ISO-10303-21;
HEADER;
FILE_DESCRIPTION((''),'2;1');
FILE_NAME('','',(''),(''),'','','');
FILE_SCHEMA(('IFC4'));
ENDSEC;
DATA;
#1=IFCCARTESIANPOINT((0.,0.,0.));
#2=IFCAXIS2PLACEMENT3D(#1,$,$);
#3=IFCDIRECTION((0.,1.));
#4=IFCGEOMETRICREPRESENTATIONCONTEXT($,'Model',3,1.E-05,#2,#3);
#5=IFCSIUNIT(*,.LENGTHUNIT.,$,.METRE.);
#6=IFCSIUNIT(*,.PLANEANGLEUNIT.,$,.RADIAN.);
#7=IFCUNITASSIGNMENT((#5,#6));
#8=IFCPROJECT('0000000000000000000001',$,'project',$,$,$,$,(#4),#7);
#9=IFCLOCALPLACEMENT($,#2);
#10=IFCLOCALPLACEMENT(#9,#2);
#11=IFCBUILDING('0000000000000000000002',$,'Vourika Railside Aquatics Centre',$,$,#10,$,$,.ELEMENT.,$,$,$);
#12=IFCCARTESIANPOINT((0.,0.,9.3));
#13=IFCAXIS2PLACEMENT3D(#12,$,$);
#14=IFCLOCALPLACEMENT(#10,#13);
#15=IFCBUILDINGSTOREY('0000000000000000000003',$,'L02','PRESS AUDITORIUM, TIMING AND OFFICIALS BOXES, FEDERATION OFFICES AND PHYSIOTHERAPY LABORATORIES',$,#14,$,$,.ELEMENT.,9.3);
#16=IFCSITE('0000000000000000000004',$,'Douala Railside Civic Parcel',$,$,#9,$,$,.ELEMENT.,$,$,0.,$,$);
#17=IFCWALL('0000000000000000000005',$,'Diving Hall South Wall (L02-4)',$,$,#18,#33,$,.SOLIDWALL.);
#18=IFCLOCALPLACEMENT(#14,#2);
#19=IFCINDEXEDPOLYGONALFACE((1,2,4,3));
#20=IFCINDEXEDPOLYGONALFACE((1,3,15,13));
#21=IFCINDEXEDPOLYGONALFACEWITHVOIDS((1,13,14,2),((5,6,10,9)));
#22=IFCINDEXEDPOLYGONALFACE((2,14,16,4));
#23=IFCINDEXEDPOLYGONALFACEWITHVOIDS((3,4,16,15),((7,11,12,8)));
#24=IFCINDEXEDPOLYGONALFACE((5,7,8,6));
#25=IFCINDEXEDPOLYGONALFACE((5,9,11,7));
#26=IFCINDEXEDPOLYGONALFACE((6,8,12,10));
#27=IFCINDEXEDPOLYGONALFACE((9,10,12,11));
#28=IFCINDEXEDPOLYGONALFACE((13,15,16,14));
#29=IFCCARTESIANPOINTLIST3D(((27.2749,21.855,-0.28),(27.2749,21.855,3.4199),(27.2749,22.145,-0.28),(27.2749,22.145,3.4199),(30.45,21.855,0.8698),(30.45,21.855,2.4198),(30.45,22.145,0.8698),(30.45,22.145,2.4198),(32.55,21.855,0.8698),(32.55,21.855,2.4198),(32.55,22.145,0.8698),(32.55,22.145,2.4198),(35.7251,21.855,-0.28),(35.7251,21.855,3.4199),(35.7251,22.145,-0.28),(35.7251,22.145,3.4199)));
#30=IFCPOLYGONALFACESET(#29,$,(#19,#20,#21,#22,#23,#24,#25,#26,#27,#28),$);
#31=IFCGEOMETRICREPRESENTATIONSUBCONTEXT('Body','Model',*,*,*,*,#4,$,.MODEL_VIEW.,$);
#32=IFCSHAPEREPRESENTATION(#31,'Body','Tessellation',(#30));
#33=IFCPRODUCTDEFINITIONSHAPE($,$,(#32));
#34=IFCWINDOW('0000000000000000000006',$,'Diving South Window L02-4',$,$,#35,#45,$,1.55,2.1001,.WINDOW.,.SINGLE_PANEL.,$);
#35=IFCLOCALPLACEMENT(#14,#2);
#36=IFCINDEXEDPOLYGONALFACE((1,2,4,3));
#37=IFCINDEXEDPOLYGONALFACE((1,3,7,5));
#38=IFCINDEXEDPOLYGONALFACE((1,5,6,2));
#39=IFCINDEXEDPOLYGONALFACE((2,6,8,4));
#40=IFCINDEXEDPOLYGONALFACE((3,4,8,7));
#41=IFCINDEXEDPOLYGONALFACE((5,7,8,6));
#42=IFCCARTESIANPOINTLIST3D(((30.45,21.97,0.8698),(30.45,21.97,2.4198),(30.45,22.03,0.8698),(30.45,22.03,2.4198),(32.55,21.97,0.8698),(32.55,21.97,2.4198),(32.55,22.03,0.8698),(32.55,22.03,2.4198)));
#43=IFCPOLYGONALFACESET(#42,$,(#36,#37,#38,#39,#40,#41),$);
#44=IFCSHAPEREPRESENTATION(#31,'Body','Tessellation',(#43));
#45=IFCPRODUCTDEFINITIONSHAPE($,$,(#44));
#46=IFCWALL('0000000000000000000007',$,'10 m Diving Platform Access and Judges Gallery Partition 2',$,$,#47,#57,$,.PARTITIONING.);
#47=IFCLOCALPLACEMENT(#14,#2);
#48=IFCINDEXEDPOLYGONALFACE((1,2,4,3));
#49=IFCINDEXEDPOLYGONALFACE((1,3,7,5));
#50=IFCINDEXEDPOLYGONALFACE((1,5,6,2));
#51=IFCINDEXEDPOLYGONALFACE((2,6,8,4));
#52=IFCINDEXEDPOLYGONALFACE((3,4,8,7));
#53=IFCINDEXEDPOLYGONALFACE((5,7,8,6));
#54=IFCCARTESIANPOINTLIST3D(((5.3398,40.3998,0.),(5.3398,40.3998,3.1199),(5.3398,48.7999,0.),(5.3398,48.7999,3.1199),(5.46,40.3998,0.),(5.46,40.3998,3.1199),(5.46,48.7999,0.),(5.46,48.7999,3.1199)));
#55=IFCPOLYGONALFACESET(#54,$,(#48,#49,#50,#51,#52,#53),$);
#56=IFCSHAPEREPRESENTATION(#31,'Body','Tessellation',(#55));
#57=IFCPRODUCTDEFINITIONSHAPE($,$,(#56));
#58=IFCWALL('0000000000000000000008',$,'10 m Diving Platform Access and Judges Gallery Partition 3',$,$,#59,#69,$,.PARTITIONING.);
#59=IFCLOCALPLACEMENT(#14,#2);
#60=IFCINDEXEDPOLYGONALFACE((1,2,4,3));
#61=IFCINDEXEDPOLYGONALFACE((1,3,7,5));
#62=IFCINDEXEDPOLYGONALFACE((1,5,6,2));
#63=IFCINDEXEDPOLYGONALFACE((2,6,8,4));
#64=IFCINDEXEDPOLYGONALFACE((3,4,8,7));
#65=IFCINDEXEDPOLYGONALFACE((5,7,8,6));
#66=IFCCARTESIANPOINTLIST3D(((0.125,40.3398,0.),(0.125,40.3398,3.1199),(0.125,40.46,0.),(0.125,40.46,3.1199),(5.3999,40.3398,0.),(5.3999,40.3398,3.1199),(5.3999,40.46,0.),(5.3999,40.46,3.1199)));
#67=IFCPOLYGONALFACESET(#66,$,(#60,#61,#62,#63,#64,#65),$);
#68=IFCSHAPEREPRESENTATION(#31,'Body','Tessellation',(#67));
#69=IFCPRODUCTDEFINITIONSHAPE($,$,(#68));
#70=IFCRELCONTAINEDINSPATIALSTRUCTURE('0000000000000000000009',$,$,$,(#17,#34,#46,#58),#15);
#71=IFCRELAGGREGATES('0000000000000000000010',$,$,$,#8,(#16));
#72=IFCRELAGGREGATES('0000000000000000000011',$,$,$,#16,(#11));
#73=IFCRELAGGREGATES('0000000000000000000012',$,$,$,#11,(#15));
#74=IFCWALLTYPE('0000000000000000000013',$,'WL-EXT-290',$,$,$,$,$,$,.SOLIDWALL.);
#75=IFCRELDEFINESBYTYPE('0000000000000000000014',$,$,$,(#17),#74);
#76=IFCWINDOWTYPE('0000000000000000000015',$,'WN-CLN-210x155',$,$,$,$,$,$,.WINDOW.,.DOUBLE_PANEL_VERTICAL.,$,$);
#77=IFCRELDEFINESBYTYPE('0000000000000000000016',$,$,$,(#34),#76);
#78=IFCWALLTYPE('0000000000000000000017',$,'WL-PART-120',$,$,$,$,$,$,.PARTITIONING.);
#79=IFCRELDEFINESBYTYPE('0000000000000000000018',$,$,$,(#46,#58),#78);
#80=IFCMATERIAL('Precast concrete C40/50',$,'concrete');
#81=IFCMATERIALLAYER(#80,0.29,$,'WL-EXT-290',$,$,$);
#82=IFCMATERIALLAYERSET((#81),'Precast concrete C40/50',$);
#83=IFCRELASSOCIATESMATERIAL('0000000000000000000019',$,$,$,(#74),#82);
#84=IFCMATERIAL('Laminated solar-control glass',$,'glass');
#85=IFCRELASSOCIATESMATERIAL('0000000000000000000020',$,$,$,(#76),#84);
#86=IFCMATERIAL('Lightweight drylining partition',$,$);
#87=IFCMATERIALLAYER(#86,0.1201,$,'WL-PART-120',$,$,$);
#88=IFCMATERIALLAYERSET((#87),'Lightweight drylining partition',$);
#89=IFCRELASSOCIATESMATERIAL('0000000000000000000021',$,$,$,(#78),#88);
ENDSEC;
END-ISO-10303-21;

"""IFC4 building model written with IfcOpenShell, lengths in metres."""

from ifc_helpers import new_model, si_unit, direction, frame, frame_2d, origin, place, context, subcontext, project, spatial, rectangle, extrude, material, layer, layer_set, type_object, element, fill, save


model = new_model("IFC4")

# Units and contexts
model_context = context("Model", 3, precision=1e-05, world=origin(), true_north=direction((0.0, 1.0)))
body_context = subcontext(model_context, "Body", "Model", "MODEL_VIEW")
ifc_project = project(units=[si_unit("LENGTHUNIT", "METRE"), si_unit("PLANEANGLEUNIT", "RADIAN")], contexts=[model_context])

# Site, building, storey
site_placement = place(None, origin())
site = spatial("IfcSite", under=ifc_project, at=site_placement, Name="Douala Railside Civic Parcel", CompositionType="ELEMENT", RefElevation=0.0)
building_placement = place(site_placement, origin())
building = spatial("IfcBuilding", under=site, at=building_placement, Name="Vourika Railside Aquatics Centre", CompositionType="ELEMENT")
storey_placement = place(building_placement, frame((0.0, 0.0, 9.3)))
storey = spatial("IfcBuildingStorey", under=building, at=storey_placement, Name="L02", Description="PRESS AUDITORIUM, TIMING AND OFFICIALS BOXES, FEDERATION OFFICES AND PHYSIOTHERAPY LABORATORIES", CompositionType="ELEMENT", Elevation=9.3)

# Wall, opening, window
ifc_material_1 = material(Name="Precast concrete C40/50", Category="concrete")
ifc_layer_1 = layer(ifc_material_1, 0.29, Name="WL-EXT-290")
ifc_layer_set_1 = layer_set([ifc_layer_1], Name="Precast concrete C40/50")
wall_type_1 = type_object("IfcWallType", Name="WL-EXT-290", PredefinedType="SOLIDWALL", material=ifc_layer_set_1)
ifc_material_2 = material(Name="Laminated solar-control glass", Category="glass")
window_type = type_object("IfcWindowType", Name="WN-CLN-210x155", PartitioningType="DOUBLE_PANEL_VERTICAL", PredefinedType="WINDOW", material=ifc_material_2)
wall_1_placement = place(storey_placement, frame((27.2749, 22.0, -0.28), z_axis=(0.0, 0.0, 1.0), x_axis=(1.0, 0.0, 0.0)))
wall_1 = element("IfcWall", 1, at=wall_1_placement, inside=storey, type_object=wall_type_1, Name="Diving Hall South Wall (L02-4)", PredefinedType="SOLIDWALL", context=body_context, shape_type="SweptSolid", body=[
    extrude(rectangle(XDim=8.4502, YDim=0.29, at=frame_2d((4.2251, 0.0))), origin(), (0.0, 0.0, 1.0), 3.7),
])
opening_1_placement = place(wall_1_placement, frame((3.175, 0.0, 1.1499)))
opening_1 = element("IfcOpeningElement", 2, at=opening_1_placement, cuts=wall_1, PredefinedType="OPENING", context=body_context, shape_type="SweptSolid", body=[
    extrude(rectangle(XDim=2.1001, YDim=1.55, at=frame_2d((1.05, 0.7749))), frame((0.0, 0.155, 0.0), z_axis=(0.0, -1.0, 0.0), x_axis=(1.0, 0.0, 0.0)), (0.0, 0.0, 1.0), 0.3101),
])
window_1_placement = place(opening_1_placement, origin())
window_1 = element("IfcWindow", 3, at=window_1_placement, inside=storey, type_object=window_type, Name="Diving South Window L02-4", OverallHeight=1.55, OverallWidth=2.1001, PartitioningType="SINGLE_PANEL", PredefinedType="WINDOW", context=body_context, shape_type="SweptSolid", body=[
    extrude(rectangle(XDim=2.1001, YDim=1.55, at=frame_2d((1.05, 0.7749))), frame((0.0, 0.03, 0.0), z_axis=(0.0, -1.0, 0.0), x_axis=(1.0, 0.0, 0.0)), (0.0, 0.0, 1.0), 0.0601),
])
fill(opening_1, window_1)

# Walls
ifc_material_3 = material(Name="Lightweight drylining partition")
ifc_layer_2 = layer(ifc_material_3, 0.1201, Name="WL-PART-120")
ifc_layer_set_2 = layer_set([ifc_layer_2], Name="Lightweight drylining partition")
wall_type_2 = type_object("IfcWallType", Name="WL-PART-120", PredefinedType="PARTITIONING", material=ifc_layer_set_2)
wall_2_placement = place(storey_placement, frame((5.3999, 48.8, 0.0), z_axis=(0.0, 0.0, 1.0), x_axis=(0.0, -1.0, 0.0)))
element("IfcWall", 4, at=wall_2_placement, inside=storey, type_object=wall_type_2, Name="10 m Diving Platform Access and Judges Gallery Partition 2", PredefinedType="PARTITIONING", context=body_context, shape_type="SweptSolid", body=[
    extrude(rectangle(XDim=8.4001, YDim=0.1201, at=frame_2d((4.2002, 0.0))), origin(), (0.0, 0.0, 1.0), 3.1199),
])
wall_3_placement = place(storey_placement, frame((5.3999, 40.3999, 0.0), z_axis=(0.0, 0.0, 1.0), x_axis=(-1.0, 0.0, 0.0)))
element("IfcWall", 5, at=wall_3_placement, inside=storey, type_object=wall_type_2, Name="10 m Diving Platform Access and Judges Gallery Partition 3", PredefinedType="PARTITIONING", context=body_context, shape_type="SweptSolid", body=[
    extrude(rectangle(XDim=5.2749, YDim=0.1201, at=frame_2d((2.6375, 0.0))), origin(), (0.0, 0.0, 1.0), 3.1199),
])

save(model, "model.ifc")
